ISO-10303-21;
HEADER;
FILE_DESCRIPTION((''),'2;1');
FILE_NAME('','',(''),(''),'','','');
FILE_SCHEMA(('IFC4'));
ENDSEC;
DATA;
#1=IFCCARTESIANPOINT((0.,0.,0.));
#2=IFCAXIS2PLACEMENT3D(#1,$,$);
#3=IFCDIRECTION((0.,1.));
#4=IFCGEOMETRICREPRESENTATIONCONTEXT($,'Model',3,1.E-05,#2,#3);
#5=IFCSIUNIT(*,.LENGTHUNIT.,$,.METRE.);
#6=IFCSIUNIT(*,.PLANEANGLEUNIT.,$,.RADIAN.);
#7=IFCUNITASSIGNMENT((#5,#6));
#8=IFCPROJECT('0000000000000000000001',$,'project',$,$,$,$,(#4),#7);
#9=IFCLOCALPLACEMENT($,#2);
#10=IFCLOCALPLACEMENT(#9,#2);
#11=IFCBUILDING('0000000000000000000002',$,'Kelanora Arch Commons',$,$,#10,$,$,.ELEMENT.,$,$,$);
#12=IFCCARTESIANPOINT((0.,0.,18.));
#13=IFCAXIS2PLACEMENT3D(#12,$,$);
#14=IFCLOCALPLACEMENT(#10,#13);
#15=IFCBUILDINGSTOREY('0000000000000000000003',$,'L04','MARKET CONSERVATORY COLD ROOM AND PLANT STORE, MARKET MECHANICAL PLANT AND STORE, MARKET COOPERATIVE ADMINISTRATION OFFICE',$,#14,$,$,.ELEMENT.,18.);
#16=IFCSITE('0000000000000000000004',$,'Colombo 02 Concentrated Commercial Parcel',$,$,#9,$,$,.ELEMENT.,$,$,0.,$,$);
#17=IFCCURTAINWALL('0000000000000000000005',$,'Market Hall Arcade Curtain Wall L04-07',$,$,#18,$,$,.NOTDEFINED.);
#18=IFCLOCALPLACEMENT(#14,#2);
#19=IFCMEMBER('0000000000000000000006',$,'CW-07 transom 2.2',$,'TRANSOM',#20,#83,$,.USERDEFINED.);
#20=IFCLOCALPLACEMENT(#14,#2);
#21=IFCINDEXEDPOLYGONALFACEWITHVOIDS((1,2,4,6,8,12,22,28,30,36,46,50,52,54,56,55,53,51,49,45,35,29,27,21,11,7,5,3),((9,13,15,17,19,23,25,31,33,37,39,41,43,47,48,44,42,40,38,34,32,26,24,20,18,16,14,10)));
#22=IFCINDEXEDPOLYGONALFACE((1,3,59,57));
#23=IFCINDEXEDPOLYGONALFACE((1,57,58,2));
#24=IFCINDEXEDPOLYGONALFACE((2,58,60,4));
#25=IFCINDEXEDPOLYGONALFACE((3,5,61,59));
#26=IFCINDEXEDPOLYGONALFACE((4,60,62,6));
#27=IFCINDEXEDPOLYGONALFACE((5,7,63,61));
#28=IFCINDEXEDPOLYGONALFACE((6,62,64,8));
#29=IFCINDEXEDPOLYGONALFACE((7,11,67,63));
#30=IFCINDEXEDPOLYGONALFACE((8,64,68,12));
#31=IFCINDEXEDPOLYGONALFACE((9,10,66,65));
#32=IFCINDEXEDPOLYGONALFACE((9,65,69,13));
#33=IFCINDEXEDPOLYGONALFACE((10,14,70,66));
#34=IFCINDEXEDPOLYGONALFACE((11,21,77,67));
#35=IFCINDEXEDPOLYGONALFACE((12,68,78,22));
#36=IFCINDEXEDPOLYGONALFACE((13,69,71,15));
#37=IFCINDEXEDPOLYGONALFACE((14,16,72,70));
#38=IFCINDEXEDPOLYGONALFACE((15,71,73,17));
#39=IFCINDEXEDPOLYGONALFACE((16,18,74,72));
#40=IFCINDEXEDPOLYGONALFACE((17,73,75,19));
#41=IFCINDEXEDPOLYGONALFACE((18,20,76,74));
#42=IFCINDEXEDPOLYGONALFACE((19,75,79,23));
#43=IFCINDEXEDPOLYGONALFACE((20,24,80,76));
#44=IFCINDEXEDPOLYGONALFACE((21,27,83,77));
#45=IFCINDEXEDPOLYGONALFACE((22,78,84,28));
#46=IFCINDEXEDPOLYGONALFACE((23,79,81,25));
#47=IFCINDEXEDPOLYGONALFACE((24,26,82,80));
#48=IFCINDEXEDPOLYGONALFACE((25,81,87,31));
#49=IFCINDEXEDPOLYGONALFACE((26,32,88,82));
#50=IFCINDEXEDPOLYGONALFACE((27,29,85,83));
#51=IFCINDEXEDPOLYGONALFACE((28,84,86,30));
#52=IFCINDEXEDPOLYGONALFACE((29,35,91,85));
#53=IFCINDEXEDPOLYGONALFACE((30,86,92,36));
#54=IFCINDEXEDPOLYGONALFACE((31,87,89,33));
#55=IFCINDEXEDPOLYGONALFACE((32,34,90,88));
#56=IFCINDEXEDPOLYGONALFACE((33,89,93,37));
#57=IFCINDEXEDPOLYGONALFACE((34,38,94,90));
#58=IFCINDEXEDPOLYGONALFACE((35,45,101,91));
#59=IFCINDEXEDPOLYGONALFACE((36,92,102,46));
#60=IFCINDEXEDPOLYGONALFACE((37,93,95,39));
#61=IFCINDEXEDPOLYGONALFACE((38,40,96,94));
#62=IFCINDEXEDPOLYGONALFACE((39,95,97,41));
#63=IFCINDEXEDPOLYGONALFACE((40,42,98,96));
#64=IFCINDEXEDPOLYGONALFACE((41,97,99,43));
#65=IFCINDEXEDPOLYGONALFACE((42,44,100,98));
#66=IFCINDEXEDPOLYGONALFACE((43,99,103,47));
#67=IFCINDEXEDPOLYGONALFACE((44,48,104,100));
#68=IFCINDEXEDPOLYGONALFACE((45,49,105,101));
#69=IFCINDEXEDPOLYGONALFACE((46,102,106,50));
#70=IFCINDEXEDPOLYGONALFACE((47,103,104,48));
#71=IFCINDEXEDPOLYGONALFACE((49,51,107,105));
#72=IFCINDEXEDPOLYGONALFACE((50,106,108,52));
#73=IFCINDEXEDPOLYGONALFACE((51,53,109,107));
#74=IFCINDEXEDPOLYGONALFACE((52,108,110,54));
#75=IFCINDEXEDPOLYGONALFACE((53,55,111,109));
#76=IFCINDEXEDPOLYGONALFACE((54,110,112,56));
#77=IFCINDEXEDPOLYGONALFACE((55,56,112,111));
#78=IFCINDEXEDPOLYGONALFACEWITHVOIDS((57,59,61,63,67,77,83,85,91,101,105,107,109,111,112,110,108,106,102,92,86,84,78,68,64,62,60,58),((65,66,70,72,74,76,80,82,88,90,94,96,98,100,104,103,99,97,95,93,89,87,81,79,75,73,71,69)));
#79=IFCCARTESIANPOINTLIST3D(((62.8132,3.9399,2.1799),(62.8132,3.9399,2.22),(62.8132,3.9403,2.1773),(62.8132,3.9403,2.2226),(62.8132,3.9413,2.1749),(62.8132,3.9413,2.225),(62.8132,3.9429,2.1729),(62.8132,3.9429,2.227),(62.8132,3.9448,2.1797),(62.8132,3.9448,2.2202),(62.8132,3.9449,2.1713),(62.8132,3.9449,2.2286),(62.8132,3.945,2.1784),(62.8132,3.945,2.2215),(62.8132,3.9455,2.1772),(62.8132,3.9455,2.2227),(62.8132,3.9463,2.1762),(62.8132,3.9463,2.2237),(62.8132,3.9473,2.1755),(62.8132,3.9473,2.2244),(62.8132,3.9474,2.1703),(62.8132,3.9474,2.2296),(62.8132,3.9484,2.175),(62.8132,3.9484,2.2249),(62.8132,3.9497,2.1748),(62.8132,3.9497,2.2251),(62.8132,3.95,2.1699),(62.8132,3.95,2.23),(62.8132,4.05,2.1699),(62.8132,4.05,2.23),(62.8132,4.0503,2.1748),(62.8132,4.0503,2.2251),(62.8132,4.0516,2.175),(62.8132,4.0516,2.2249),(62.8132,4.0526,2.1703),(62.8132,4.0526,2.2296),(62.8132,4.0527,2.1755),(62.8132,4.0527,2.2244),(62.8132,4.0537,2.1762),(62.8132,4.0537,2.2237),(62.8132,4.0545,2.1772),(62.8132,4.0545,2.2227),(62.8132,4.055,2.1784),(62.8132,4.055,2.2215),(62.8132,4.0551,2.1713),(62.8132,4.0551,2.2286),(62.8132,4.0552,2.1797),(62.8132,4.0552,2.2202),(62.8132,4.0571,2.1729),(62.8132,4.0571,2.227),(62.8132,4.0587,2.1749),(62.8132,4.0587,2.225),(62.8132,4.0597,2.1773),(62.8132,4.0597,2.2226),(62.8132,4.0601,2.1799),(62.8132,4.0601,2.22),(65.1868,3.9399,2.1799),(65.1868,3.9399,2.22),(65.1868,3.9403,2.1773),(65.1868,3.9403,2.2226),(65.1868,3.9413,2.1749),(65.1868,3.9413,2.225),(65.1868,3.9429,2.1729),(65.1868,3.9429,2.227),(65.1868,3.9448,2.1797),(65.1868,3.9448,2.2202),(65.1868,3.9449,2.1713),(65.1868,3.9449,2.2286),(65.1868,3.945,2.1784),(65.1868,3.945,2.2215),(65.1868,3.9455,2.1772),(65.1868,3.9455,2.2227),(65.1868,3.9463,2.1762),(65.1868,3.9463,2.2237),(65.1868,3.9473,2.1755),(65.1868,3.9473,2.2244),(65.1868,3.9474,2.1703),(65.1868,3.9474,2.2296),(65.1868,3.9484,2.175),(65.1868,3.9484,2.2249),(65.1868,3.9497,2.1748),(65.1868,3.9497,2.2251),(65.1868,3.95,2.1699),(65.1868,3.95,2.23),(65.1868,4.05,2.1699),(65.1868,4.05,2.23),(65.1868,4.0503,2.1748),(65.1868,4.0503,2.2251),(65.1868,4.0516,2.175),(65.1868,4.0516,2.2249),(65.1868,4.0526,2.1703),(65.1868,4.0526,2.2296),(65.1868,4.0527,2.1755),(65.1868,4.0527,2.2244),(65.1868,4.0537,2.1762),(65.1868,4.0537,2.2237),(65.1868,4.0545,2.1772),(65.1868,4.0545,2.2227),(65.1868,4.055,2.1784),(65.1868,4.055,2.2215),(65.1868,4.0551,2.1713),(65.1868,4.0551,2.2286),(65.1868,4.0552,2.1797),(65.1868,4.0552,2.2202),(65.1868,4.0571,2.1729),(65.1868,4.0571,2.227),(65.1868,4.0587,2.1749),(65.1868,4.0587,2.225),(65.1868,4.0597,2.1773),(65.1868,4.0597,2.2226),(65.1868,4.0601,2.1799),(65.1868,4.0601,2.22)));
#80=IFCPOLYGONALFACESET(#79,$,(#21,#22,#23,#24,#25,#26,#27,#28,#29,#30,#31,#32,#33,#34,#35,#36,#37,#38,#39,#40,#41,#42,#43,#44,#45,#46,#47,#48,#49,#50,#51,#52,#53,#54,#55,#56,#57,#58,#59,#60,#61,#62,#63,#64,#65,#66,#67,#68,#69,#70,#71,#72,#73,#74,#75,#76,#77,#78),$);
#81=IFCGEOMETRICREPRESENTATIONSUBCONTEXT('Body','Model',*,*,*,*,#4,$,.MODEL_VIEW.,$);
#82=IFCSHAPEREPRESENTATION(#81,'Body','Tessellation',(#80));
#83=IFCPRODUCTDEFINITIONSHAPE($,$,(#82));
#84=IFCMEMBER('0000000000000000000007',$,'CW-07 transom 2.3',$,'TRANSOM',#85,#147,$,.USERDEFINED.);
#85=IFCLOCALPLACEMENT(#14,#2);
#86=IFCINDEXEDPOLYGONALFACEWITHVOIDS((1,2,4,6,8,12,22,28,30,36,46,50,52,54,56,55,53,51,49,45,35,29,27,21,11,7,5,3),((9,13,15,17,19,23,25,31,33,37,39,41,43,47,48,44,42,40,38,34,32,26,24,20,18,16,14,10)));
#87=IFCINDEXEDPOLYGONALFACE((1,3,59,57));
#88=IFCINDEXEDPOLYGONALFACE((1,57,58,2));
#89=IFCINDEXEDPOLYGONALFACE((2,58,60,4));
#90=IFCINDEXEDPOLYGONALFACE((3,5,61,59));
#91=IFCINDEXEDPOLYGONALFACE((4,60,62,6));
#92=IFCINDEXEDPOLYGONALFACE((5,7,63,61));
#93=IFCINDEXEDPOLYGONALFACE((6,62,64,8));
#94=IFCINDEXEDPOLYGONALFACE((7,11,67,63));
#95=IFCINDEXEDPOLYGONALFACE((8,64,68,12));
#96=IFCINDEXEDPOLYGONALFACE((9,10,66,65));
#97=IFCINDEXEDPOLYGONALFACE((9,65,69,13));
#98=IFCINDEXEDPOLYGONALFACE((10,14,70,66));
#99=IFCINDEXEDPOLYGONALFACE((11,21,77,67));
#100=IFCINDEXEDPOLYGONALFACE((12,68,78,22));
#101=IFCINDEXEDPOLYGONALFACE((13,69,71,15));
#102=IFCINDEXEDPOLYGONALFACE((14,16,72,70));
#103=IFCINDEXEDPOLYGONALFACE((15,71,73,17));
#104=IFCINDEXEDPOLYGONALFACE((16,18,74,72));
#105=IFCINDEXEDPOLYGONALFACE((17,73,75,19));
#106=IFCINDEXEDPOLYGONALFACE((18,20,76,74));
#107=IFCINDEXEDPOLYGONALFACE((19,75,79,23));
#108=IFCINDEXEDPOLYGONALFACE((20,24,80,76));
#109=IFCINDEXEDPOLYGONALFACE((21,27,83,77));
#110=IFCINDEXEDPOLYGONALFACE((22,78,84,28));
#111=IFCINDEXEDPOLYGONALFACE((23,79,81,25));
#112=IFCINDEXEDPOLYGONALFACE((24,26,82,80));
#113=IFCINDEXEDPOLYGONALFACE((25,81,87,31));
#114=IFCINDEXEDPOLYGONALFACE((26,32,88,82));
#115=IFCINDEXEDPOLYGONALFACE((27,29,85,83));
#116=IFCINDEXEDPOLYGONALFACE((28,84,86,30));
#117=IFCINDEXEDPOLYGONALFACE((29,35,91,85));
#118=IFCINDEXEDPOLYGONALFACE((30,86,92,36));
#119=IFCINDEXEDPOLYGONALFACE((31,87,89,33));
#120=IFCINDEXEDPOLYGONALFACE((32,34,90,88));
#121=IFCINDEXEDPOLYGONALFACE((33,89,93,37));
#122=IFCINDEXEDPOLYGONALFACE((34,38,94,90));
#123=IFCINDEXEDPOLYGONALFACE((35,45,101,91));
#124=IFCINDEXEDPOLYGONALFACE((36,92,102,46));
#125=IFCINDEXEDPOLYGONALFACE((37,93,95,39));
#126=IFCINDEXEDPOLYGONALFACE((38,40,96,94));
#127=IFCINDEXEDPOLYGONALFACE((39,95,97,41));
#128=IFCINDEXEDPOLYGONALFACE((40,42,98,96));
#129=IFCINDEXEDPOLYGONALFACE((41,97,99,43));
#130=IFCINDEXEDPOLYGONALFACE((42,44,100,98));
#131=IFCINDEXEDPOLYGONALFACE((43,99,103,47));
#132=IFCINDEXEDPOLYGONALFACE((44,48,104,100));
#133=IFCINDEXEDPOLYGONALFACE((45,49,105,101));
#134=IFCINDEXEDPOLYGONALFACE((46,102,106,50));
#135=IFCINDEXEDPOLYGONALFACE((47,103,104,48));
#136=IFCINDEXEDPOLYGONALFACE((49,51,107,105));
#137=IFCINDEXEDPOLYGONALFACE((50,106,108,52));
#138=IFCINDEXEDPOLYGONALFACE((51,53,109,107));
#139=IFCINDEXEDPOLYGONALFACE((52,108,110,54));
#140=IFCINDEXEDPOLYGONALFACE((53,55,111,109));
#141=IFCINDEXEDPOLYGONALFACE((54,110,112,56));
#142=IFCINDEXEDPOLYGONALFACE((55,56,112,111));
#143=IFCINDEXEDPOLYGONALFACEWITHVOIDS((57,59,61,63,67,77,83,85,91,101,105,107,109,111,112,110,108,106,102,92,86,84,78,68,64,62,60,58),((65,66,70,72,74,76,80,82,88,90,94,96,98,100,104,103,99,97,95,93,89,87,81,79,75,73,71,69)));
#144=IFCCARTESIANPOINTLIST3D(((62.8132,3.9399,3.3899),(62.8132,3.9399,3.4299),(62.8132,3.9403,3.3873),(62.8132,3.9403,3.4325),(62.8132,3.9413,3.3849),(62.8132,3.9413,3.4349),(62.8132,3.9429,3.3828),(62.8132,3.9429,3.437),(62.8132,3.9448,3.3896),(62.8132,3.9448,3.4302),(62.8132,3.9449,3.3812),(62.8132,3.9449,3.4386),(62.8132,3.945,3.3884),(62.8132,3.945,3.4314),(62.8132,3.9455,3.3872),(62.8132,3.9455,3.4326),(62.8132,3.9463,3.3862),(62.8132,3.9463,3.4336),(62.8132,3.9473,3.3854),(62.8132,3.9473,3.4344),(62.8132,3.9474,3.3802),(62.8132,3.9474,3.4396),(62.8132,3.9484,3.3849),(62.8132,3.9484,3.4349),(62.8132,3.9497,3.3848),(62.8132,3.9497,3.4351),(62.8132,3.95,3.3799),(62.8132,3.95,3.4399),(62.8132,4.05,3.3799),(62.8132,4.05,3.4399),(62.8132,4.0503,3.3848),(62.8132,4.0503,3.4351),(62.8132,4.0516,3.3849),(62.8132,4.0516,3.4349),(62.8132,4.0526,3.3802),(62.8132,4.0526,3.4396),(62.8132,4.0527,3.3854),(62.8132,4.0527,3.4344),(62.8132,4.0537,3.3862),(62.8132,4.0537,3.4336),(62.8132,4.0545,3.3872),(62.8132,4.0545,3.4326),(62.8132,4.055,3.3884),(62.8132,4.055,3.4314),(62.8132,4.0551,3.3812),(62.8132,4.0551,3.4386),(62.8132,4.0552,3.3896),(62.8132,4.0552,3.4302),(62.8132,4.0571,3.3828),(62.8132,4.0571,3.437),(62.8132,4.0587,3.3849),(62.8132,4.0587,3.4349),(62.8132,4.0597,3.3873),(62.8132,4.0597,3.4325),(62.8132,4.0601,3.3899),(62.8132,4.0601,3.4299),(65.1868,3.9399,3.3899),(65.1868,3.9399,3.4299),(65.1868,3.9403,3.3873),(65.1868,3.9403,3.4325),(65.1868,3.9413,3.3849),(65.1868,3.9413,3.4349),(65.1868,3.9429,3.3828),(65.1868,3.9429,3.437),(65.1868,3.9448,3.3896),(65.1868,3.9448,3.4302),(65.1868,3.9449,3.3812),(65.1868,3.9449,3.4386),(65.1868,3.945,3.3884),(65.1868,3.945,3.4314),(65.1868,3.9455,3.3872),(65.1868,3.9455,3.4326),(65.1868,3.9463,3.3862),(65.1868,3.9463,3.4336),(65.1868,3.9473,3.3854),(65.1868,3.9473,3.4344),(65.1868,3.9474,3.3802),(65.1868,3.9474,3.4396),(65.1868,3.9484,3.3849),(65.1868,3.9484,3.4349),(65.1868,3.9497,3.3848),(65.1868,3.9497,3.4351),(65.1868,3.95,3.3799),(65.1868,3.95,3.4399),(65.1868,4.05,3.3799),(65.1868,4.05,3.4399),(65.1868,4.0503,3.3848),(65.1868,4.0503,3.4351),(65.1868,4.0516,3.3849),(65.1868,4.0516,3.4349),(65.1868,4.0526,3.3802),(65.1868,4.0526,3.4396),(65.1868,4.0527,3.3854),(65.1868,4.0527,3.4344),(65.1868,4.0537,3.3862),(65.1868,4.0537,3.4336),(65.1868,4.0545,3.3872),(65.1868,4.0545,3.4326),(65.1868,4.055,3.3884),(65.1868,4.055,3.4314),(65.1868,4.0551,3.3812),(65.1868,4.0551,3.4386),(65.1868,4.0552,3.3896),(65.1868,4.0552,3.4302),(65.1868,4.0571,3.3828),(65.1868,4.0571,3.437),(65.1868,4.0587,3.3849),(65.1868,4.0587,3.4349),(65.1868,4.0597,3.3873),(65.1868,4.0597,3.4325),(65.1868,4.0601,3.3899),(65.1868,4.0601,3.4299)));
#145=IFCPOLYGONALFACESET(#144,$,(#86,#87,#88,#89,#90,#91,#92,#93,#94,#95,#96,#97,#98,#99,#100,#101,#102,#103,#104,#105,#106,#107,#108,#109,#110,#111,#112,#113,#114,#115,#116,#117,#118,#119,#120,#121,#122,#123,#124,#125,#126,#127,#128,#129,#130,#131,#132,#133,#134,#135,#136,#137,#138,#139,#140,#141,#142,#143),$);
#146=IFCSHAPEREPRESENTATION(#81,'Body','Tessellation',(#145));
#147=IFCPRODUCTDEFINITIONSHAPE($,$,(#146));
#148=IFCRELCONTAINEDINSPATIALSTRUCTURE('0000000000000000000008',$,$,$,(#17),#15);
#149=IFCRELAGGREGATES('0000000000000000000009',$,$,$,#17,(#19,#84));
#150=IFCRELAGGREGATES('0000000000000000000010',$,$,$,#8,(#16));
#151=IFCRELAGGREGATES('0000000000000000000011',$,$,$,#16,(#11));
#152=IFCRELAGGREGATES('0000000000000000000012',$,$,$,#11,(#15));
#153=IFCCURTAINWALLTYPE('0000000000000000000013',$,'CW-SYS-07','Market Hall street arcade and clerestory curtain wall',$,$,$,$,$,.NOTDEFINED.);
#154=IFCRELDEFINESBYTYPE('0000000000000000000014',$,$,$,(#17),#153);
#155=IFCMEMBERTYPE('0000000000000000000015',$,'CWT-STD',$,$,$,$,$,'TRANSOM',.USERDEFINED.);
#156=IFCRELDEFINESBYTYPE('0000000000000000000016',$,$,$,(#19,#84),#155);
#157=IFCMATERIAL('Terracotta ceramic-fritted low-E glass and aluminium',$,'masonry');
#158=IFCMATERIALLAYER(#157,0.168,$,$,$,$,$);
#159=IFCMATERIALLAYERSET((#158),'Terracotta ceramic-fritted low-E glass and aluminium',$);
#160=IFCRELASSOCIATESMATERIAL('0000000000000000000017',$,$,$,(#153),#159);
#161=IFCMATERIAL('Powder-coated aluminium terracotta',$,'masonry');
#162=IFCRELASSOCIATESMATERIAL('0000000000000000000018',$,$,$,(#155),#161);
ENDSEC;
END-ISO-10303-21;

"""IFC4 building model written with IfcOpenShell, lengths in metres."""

from ifc_helpers import new_model, si_unit, direction, frame, origin, origin_2d, place, context, subcontext, project, spatial, hollow_rectangle, extrude, material, layer, layer_set, material_profile, profile_set, type_object, element, aggregate, save


model = new_model("IFC4")

# Units and contexts
model_context = context("Model", 3, precision=1e-05, world=origin(), true_north=direction((0.0, 1.0)))
body_context = subcontext(model_context, "Body", "Model", "MODEL_VIEW")
ifc_project = project(units=[si_unit("LENGTHUNIT", "METRE"), si_unit("PLANEANGLEUNIT", "RADIAN")], contexts=[model_context])

# Site, building, storey
site_placement = place(None, origin())
site = spatial("IfcSite", under=ifc_project, at=site_placement, Name="Colombo 02 Concentrated Commercial Parcel", CompositionType="ELEMENT", RefElevation=0.0)
building_placement = place(site_placement, origin())
building = spatial("IfcBuilding", under=site, at=building_placement, Name="Kelanora Arch Commons", CompositionType="ELEMENT")
storey_placement = place(building_placement, frame((0.0, 0.0, 18.0)))
storey = spatial("IfcBuildingStorey", under=building, at=storey_placement, Name="L04", Description="MARKET CONSERVATORY COLD ROOM AND PLANT STORE, MARKET MECHANICAL PLANT AND STORE, MARKET COOPERATIVE ADMINISTRATION OFFICE", CompositionType="ELEMENT", Elevation=18.0)

# Curtain wall, members
ifc_material_1 = material(Name="Terracotta ceramic-fritted low-E glass and aluminium", Category="masonry")
ifc_layer_1 = layer(ifc_material_1, 0.168)
ifc_layer_set_1 = layer_set([ifc_layer_1], Name="Terracotta ceramic-fritted low-E glass and aluminium")
curtain_wall_type = type_object("IfcCurtainWallType", Name="CW-SYS-07", Description="Market Hall street arcade and clerestory curtain wall", PredefinedType="NOTDEFINED", material=ifc_layer_set_1)
curtain_wall_placement = place(storey_placement, origin())
curtain_wall = element("IfcCurtainWall", 1, at=curtain_wall_placement, inside=storey, type_object=curtain_wall_type, Name="Market Hall Arcade Curtain Wall L04-07", PredefinedType="NOTDEFINED")
ifc_material_2 = material(Name="Powder-coated aluminium terracotta", Category="masonry")
ifc_material_profile_1 = material_profile(ifc_material_2, hollow_rectangle(XDim=0.1201, YDim=0.0601, WallThickness=0.0049, InnerFilletRadius=0.0049, OuterFilletRadius=0.01, at=origin_2d()), Name="CWT120x60")
ifc_profile_set_1 = profile_set([ifc_material_profile_1], Name="Powder-coated aluminium terracotta")
member_type_1 = type_object("IfcMemberType", Name="CWT-STD", ElementType="TRANSOM", PredefinedType="USERDEFINED", material=ifc_profile_set_1)
member_1_placement = place(storey_placement, frame((62.8132, 4.0, 2.2), z_axis=(1.0, 0.0, 0.0), x_axis=(0.0, 1.0, 0.0)))
member_1 = element("IfcMember", 2, at=member_1_placement, type_object=member_type_1, Name="CW-07 transom 2.2", ObjectType="TRANSOM", PredefinedType="USERDEFINED", context=body_context, shape_type="SweptSolid", body=[
    extrude(hollow_rectangle(XDim=0.1201, YDim=0.0601, WallThickness=0.0049, InnerFilletRadius=0.0049, OuterFilletRadius=0.01, at=origin_2d()), origin(), (0.0, 0.0, 1.0), 2.3735),
])
member_2_placement = place(storey_placement, frame((62.8132, 4.0, 3.4099), z_axis=(1.0, 0.0, 0.0), x_axis=(0.0, 1.0, 0.0)))
member_2 = element("IfcMember", 3, at=member_2_placement, type_object=member_type_1, Name="CW-07 transom 2.3", ObjectType="TRANSOM", PredefinedType="USERDEFINED", context=body_context, shape_type="SweptSolid", body=[
    extrude(hollow_rectangle(XDim=0.1201, YDim=0.0601, WallThickness=0.0049, InnerFilletRadius=0.0049, OuterFilletRadius=0.01, at=origin_2d()), origin(), (0.0, 0.0, 1.0), 2.3735),
])
aggregate(curtain_wall, [member_1, member_2])

save(model, "model.ifc")
